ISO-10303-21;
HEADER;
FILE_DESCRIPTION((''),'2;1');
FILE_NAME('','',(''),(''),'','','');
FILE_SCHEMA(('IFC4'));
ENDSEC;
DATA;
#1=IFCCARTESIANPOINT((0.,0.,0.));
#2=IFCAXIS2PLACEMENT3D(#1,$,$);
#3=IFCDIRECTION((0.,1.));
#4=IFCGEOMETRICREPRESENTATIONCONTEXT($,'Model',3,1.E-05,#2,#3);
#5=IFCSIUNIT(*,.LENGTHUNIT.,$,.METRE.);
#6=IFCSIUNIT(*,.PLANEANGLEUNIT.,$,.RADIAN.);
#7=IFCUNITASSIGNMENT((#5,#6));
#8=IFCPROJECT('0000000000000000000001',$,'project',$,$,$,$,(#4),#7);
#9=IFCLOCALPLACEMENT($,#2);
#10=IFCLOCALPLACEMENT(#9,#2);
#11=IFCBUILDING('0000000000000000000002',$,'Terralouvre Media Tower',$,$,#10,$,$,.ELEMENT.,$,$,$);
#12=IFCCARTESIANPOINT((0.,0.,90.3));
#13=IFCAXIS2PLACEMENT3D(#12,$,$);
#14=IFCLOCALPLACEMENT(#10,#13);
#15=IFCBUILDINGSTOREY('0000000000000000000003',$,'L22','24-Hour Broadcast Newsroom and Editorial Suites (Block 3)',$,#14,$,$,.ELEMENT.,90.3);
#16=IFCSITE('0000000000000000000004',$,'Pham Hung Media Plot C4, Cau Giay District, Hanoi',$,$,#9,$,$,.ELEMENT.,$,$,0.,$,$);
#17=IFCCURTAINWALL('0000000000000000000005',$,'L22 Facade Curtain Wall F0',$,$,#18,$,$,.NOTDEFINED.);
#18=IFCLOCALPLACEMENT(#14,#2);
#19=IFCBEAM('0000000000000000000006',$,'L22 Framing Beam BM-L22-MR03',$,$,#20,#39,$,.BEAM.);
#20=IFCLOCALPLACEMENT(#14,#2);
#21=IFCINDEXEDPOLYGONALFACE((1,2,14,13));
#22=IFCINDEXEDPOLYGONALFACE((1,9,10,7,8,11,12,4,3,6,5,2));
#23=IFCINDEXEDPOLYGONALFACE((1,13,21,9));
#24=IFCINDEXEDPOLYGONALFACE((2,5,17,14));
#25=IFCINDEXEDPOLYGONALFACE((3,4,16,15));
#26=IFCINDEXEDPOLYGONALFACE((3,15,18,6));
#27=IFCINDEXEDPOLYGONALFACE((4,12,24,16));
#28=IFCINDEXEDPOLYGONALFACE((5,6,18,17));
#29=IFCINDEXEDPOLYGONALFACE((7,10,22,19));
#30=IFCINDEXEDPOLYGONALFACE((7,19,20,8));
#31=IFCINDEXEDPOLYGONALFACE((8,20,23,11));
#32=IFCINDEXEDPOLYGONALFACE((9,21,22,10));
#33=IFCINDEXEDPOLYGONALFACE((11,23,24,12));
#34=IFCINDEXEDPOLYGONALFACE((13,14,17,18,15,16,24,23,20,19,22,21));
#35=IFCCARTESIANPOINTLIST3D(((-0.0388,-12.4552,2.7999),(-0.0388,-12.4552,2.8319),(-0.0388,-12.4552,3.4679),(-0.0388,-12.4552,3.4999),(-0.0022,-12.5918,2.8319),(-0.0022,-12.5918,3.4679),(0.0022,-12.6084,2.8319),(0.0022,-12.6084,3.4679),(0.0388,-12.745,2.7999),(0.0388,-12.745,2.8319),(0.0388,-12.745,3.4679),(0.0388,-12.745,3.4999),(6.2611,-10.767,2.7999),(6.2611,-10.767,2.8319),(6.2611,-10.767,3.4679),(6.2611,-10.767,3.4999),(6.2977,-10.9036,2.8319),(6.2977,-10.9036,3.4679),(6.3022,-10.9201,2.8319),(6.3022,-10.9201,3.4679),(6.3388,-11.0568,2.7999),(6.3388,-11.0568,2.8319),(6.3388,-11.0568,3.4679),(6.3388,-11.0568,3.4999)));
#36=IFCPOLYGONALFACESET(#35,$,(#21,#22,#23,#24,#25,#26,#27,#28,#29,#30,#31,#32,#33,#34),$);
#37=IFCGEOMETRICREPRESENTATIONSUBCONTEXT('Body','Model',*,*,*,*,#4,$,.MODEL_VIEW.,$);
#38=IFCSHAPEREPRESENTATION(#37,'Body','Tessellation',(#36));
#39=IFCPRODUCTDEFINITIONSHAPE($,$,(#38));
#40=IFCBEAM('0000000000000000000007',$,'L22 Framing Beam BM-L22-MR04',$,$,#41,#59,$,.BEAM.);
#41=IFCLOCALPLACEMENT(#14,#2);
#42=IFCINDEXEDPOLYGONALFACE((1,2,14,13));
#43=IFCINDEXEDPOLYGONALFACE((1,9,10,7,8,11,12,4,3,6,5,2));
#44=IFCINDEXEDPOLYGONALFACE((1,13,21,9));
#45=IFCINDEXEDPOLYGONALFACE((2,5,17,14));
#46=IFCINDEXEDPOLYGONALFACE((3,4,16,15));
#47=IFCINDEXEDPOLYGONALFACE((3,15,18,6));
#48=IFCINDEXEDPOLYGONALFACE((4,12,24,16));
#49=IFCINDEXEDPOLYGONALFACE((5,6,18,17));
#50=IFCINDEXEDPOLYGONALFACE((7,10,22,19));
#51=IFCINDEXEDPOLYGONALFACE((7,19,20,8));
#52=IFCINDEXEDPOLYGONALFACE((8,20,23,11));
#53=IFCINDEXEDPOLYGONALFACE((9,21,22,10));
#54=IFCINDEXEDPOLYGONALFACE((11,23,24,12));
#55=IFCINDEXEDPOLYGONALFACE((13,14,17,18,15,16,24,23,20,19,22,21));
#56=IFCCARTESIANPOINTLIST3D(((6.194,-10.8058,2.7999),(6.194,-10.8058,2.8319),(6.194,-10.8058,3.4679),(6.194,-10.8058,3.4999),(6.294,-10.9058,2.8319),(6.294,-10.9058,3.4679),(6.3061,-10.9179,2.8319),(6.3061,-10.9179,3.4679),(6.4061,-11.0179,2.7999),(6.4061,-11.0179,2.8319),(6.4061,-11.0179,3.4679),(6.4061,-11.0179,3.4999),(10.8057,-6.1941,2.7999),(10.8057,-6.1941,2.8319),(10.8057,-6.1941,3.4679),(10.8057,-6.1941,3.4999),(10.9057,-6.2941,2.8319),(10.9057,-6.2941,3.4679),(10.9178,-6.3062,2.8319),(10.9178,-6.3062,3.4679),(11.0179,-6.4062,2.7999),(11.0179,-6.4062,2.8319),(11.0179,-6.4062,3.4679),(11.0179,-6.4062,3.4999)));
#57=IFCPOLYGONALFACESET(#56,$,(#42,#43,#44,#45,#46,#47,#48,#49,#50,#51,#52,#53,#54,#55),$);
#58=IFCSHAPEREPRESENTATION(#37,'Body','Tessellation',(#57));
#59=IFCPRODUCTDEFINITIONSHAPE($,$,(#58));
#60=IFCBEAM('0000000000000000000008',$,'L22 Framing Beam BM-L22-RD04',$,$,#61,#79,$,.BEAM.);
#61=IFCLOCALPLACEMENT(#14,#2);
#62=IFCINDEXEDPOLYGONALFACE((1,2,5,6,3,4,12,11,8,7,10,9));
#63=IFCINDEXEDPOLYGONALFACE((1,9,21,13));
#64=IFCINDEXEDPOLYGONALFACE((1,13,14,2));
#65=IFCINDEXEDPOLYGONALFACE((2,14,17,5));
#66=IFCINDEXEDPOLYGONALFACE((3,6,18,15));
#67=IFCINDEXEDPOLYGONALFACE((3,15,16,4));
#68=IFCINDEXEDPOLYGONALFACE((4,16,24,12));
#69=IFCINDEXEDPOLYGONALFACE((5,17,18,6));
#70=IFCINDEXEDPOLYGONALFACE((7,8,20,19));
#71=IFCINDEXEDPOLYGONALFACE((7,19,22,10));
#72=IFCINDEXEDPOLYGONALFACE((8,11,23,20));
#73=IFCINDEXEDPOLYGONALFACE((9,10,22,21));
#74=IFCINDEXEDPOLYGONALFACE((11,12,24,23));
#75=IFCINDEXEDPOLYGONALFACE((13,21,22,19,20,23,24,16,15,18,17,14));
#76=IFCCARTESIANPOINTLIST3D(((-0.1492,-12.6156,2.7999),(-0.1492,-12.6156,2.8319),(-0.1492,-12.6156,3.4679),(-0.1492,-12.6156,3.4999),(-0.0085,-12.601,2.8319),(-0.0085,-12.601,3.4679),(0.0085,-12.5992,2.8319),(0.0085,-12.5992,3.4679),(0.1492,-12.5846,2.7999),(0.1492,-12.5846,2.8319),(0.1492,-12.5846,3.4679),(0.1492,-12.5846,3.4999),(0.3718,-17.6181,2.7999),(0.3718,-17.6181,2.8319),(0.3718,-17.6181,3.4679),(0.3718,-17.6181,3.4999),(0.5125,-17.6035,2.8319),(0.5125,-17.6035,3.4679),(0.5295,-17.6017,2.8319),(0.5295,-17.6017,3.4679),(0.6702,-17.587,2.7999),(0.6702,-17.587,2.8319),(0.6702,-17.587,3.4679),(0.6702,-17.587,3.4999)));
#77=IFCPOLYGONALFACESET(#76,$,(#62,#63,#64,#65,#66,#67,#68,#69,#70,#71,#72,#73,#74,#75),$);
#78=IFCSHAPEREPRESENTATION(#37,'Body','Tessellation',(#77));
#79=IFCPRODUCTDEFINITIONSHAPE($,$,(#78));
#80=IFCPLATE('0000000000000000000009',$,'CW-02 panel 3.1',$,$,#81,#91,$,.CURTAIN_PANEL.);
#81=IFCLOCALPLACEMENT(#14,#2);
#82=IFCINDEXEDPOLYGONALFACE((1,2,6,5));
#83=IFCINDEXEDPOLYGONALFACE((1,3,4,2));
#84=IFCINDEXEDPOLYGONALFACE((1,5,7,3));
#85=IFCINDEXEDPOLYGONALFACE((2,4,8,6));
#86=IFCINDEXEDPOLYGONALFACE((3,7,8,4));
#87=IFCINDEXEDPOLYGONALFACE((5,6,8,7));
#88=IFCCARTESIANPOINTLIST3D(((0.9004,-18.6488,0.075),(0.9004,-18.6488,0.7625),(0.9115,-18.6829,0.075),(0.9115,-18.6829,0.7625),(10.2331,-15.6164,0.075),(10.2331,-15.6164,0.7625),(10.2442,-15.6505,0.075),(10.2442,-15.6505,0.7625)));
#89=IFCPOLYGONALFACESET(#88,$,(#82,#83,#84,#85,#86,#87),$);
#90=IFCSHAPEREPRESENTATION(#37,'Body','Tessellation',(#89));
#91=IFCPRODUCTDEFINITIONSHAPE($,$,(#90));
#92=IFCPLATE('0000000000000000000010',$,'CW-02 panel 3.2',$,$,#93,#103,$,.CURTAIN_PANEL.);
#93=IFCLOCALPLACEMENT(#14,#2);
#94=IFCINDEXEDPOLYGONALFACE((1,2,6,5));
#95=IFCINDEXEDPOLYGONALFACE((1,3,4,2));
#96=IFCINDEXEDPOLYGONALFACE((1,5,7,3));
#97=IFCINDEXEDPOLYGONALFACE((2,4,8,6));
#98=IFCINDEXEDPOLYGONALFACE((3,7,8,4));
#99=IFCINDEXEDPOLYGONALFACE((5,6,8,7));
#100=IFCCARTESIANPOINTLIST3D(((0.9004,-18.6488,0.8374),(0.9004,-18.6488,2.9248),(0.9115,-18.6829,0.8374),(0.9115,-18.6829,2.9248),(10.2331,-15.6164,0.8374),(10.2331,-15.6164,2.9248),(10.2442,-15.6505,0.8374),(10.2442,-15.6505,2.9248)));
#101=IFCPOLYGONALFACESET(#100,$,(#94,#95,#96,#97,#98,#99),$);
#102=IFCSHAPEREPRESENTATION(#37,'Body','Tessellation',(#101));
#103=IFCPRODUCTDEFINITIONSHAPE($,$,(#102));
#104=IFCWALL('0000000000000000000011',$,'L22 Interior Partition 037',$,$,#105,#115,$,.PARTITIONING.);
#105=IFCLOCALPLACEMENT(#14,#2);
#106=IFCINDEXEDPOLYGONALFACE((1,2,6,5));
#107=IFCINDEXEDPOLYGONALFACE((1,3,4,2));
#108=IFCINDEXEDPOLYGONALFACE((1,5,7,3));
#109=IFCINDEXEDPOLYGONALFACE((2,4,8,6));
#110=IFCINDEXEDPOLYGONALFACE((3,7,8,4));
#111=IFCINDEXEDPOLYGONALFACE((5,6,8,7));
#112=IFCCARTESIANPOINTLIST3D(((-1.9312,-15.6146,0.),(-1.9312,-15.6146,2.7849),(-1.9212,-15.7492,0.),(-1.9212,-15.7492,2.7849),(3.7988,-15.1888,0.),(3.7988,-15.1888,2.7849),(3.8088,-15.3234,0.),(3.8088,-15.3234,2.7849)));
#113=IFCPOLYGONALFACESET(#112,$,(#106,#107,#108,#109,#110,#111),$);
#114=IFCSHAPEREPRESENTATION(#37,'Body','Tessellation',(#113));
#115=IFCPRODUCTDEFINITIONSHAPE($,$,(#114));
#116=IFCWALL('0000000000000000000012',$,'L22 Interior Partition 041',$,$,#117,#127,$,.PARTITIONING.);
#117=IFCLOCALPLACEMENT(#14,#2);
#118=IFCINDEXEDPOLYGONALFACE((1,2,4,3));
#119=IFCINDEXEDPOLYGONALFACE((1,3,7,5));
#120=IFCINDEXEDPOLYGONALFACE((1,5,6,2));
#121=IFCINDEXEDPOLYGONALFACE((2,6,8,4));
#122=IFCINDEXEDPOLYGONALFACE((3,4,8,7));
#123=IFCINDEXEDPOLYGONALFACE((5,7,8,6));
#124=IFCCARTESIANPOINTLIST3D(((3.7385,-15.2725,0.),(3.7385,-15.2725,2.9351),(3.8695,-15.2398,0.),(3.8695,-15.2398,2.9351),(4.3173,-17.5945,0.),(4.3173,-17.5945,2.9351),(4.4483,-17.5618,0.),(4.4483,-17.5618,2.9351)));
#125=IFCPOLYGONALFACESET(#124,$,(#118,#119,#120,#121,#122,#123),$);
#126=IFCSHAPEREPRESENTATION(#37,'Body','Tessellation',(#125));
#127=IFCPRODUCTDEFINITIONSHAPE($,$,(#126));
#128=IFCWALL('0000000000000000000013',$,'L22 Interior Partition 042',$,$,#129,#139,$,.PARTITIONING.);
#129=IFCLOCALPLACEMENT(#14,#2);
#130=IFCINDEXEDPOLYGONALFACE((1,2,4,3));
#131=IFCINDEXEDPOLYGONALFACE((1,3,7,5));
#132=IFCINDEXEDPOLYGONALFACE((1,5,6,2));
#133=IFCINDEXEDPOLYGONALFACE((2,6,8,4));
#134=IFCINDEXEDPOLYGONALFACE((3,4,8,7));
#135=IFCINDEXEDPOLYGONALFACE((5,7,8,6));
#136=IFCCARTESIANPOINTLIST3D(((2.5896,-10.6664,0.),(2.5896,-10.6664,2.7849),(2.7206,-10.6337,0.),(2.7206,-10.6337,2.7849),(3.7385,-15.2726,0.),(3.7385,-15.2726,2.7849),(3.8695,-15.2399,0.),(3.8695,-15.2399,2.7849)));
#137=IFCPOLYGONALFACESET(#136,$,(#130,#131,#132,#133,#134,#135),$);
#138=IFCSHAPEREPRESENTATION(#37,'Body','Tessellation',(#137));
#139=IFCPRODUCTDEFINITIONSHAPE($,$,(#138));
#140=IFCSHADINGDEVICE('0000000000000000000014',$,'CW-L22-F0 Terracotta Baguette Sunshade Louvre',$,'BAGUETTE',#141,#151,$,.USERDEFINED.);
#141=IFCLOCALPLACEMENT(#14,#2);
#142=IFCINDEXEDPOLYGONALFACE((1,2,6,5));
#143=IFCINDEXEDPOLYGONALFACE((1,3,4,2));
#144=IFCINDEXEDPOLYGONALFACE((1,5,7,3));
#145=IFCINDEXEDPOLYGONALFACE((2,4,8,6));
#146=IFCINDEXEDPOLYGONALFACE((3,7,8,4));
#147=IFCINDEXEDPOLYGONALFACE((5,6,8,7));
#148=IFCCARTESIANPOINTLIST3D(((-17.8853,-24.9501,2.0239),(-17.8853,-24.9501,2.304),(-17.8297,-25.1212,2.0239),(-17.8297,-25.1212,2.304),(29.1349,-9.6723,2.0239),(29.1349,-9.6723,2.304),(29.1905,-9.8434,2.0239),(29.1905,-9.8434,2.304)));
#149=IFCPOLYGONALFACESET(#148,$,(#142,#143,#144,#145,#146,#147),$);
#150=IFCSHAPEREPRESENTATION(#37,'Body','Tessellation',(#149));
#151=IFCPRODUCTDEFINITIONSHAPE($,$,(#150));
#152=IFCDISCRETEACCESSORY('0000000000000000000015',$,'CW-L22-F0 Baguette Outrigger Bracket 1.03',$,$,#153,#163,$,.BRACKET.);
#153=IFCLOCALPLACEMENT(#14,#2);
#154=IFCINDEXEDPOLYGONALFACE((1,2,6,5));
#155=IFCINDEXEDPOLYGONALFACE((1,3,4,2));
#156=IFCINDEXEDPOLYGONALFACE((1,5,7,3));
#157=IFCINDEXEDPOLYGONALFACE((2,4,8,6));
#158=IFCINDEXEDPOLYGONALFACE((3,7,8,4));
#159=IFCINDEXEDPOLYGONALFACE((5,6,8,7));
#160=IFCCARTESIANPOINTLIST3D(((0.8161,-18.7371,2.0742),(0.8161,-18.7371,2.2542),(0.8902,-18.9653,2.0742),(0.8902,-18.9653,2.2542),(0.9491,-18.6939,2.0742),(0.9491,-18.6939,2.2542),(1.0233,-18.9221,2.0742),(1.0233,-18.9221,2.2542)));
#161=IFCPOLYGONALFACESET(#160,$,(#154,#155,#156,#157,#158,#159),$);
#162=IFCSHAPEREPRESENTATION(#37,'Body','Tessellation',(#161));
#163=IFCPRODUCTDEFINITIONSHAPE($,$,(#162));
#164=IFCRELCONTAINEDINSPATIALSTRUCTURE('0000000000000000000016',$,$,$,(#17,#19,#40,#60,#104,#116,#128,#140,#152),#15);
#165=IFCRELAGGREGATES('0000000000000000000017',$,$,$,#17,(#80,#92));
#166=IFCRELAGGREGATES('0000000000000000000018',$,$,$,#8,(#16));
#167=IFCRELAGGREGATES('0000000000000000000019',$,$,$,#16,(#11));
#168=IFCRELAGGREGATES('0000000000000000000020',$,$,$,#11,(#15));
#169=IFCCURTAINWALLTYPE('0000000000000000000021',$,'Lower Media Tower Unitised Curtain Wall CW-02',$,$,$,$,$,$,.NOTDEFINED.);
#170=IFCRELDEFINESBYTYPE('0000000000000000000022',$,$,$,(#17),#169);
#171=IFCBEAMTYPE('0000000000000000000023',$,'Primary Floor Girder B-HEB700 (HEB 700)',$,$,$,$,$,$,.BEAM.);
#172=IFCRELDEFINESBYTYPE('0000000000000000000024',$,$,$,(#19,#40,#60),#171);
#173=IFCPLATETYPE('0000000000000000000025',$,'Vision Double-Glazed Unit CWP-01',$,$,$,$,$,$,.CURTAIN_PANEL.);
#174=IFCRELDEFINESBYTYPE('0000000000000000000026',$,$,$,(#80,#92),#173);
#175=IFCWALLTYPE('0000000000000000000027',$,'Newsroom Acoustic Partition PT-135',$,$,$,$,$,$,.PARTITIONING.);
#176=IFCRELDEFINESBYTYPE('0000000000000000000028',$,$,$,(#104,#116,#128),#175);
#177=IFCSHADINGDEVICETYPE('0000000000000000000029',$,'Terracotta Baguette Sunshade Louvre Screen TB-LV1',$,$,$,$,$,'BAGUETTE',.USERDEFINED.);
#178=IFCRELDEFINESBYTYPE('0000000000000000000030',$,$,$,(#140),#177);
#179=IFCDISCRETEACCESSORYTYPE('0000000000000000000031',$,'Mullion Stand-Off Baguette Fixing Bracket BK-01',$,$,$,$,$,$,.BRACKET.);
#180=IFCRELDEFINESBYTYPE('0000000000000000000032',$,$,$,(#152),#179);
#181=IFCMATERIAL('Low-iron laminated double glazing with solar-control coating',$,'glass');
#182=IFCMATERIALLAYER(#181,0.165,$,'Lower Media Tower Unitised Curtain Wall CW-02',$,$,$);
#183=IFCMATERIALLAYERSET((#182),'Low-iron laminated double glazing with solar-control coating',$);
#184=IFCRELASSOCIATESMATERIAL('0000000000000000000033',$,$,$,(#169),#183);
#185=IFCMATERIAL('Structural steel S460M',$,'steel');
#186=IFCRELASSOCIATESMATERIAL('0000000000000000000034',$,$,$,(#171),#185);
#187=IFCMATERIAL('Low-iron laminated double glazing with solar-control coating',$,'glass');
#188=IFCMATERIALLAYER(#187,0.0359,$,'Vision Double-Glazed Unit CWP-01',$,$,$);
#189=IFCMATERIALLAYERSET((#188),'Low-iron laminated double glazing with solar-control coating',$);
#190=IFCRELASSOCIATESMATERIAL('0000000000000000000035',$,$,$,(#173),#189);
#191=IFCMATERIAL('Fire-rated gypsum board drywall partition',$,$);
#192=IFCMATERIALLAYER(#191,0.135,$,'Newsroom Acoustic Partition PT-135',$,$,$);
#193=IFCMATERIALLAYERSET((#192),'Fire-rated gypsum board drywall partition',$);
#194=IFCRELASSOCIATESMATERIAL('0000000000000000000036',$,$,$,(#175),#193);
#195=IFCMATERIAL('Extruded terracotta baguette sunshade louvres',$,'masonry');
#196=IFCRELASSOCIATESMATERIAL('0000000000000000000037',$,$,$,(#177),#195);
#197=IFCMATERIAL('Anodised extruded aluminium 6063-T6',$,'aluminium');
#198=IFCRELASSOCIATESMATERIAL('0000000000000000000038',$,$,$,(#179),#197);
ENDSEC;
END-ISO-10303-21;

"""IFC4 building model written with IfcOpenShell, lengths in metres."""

from ifc_helpers import new_model, si_unit, direction, frame, frame_2d, origin, origin_2d, place, context, subcontext, project, spatial, rectangle, i_section, extrude, material, layer, layer_set, material_profile, profile_set, type_object, element, aggregate, save


model = new_model("IFC4")

# Units and contexts
model_context = context("Model", 3, precision=1e-05, world=origin(), true_north=direction((0.0, 1.0)))
body_context = subcontext(model_context, "Body", "Model", "MODEL_VIEW")
ifc_project = project(units=[si_unit("LENGTHUNIT", "METRE"), si_unit("PLANEANGLEUNIT", "RADIAN")], contexts=[model_context])

# Site, building, storey
site_placement = place(None, origin())
site = spatial("IfcSite", under=ifc_project, at=site_placement, Name="Pham Hung Media Plot C4, Cau Giay District, Hanoi", CompositionType="ELEMENT", RefElevation=0.0)
building_placement = place(site_placement, origin())
building = spatial("IfcBuilding", under=site, at=building_placement, Name="Terralouvre Media Tower", CompositionType="ELEMENT")
storey_placement = place(building_placement, frame((0.0, 0.0, 90.3)))
storey = spatial("IfcBuildingStorey", under=building, at=storey_placement, Name="L22", Description="24-Hour Broadcast Newsroom and Editorial Suites (Block 3)", CompositionType="ELEMENT", Elevation=90.3)

# Curtain wall
ifc_material_1 = material(Name="Low-iron laminated double glazing with solar-control coating", Category="glass")
ifc_layer_1 = layer(ifc_material_1, 0.165, Name="Lower Media Tower Unitised Curtain Wall CW-02")
ifc_layer_set_1 = layer_set([ifc_layer_1], Name="Low-iron laminated double glazing with solar-control coating")
curtain_wall_type = type_object("IfcCurtainWallType", Name="Lower Media Tower Unitised Curtain Wall CW-02", PredefinedType="NOTDEFINED", material=ifc_layer_set_1)
curtain_wall_placement = place(storey_placement, origin())
curtain_wall = element("IfcCurtainWall", 1, at=curtain_wall_placement, inside=storey, type_object=curtain_wall_type, Name="L22 Facade Curtain Wall F0", PredefinedType="NOTDEFINED")

# Beams
ifc_material_2 = material(Name="Structural steel S460M", Category="steel")
ifc_material_profile_1 = material_profile(ifc_material_2, i_section(OverallWidth=0.3, OverallDepth=0.7, WebThickness=0.0171, FlangeThickness=0.032, at=origin_2d()), Name="HEB 700")
ifc_profile_set_1 = profile_set([ifc_material_profile_1], Name="Structural steel S460M")
beam_type_1 = type_object("IfcBeamType", Name="Primary Floor Girder B-HEB700 (HEB 700)", PredefinedType="BEAM", material=ifc_profile_set_1)
beam_1_placement = place(storey_placement, frame((0.0, -12.6001, 3.1499), z_axis=(0.96592, 0.258839, 0.0), x_axis=(-0.258839, 0.96592, 0.0)))
element("IfcBeam", 2, at=beam_1_placement, inside=storey, type_object=beam_type_1, Name="L22 Framing Beam BM-L22-MR03", PredefinedType="BEAM", context=body_context, shape_type="SweptSolid", body=[
    extrude(i_section(OverallWidth=0.3, OverallDepth=0.7, WebThickness=0.0171, FlangeThickness=0.032, at=origin_2d()), origin(), (0.0, 0.0, 1.0), 6.5222),
])
beam_2_placement = place(storey_placement, frame((6.3, -10.9119, 3.1499), z_axis=(0.707107, 0.707107, 0.0), x_axis=(-0.707107, 0.707107, 0.0)))
element("IfcBeam", 3, at=beam_2_placement, inside=storey, type_object=beam_type_1, Name="L22 Framing Beam BM-L22-MR04", PredefinedType="BEAM", context=body_context, shape_type="SweptSolid", body=[
    extrude(i_section(OverallWidth=0.3, OverallDepth=0.7, WebThickness=0.0171, FlangeThickness=0.032, at=origin_2d()), origin(), (0.0, 0.0, 1.0), 6.522),
])
beam_3_placement = place(storey_placement, frame((0.0, -12.6001, 3.1499), z_axis=(0.103588, -0.99462, 0.0), x_axis=(0.99462, 0.103588, 0.0)))
element("IfcBeam", 4, at=beam_3_placement, inside=storey, type_object=beam_type_1, Name="L22 Framing Beam BM-L22-RD04", PredefinedType="BEAM", context=body_context, shape_type="SweptSolid", body=[
    extrude(i_section(OverallWidth=0.3, OverallDepth=0.7, WebThickness=0.0171, FlangeThickness=0.032, at=origin_2d()), origin(), (0.0, 0.0, 1.0), 5.0295),
])

# Plates
ifc_material_3 = material(Name="Low-iron laminated double glazing with solar-control coating", Category="glass")
ifc_layer_2 = layer(ifc_material_3, 0.0359, Name="Vision Double-Glazed Unit CWP-01")
ifc_layer_set_2 = layer_set([ifc_layer_2], Name="Low-iron laminated double glazing with solar-control coating")
plate_type = type_object("IfcPlateType", Name="Vision Double-Glazed Unit CWP-01", PredefinedType="CURTAIN_PANEL", material=ifc_layer_set_2)
plate_1_placement = place(storey_placement, frame((5.5723, -17.1497, 0.075), z_axis=(0.0, 0.0, 1.0), x_axis=(0.951057, 0.309017, 0.0)))
plate_1 = element("IfcPlate", 5, at=plate_1_placement, type_object=plate_type, Name="CW-02 panel 3.1", PredefinedType="CURTAIN_PANEL", context=body_context, shape_type="SweptSolid", body=[
    extrude(rectangle(XDim=9.813, YDim=0.0359, at=origin_2d()), origin(), (0.0, 0.0, 1.0), 0.6875),
])
plate_2_placement = place(storey_placement, frame((5.5723, -17.1497, 0.8374), z_axis=(0.0, 0.0, 1.0), x_axis=(0.951057, 0.309017, 0.0)))
plate_2 = element("IfcPlate", 6, at=plate_2_placement, type_object=plate_type, Name="CW-02 panel 3.2", PredefinedType="CURTAIN_PANEL", context=body_context, shape_type="SweptSolid", body=[
    extrude(rectangle(XDim=9.813, YDim=0.0359, at=origin_2d()), origin(), (0.0, 0.0, 1.0), 2.0874),
])
aggregate(curtain_wall, [plate_1, plate_2])

# Walls
ifc_material_4 = material(Name="Fire-rated gypsum board drywall partition")
ifc_layer_3 = layer(ifc_material_4, 0.135, Name="Newsroom Acoustic Partition PT-135")
ifc_layer_set_3 = layer_set([ifc_layer_3], Name="Fire-rated gypsum board drywall partition")
wall_type = type_object("IfcWallType", Name="Newsroom Acoustic Partition PT-135", PredefinedType="PARTITIONING", material=ifc_layer_set_3)
wall_1_placement = place(storey_placement, frame((3.804, -15.2561, 0.0), z_axis=(0.0, 0.0, 1.0), x_axis=(-0.997251, -0.074103, 0.0)))
element("IfcWall", 7, at=wall_1_placement, inside=storey, type_object=wall_type, Name="L22 Interior Partition 037", PredefinedType="PARTITIONING", context=body_context, shape_type="SweptSolid", body=[
    extrude(rectangle(XDim=5.7458, YDim=0.135, at=frame_2d((2.873, 0.0))), origin(), (0.0, 0.0, 1.0), 2.7849),
])
wall_2_placement = place(storey_placement, frame((4.3828, -17.5781, 0.0), z_axis=(0.0, 0.0, 1.0), x_axis=(-0.241887, 0.970304, 0.0)))
element("IfcWall", 8, at=wall_2_placement, inside=storey, type_object=wall_type, Name="L22 Interior Partition 041", PredefinedType="PARTITIONING", context=body_context, shape_type="SweptSolid", body=[
    extrude(rectangle(XDim=2.3931, YDim=0.135, at=frame_2d((1.1965, 0.0))), origin(), (0.0, 0.0, 1.0), 2.9351),
])
wall_3_placement = place(storey_placement, frame((3.804, -15.2561, 0.0), z_axis=(0.0, 0.0, 1.0), x_axis=(-0.242015, 0.970272, 0.0)))
element("IfcWall", 9, at=wall_3_placement, inside=storey, type_object=wall_type, Name="L22 Interior Partition 042", PredefinedType="PARTITIONING", context=body_context, shape_type="SweptSolid", body=[
    extrude(rectangle(XDim=4.7473, YDim=0.135, at=frame_2d((2.3735, 0.0))), origin(), (0.0, 0.0, 1.0), 2.7849),
])

# Shading device
ifc_material_5 = material(Name="Extruded terracotta baguette sunshade louvres", Category="masonry")
shading_device_type = type_object("IfcShadingDeviceType", Name="Terracotta Baguette Sunshade Louvre Screen TB-LV1", ElementType="BAGUETTE", PredefinedType="USERDEFINED", material=ifc_material_5)
shading_device_placement = place(storey_placement, frame((5.6526, -17.3967, 2.0239), z_axis=(0.0, 0.0, 1.0), x_axis=(0.951057, 0.309017, 0.0)))
element("IfcShadingDevice", 10, at=shading_device_placement, inside=storey, type_object=shading_device_type, Name="CW-L22-F0 Terracotta Baguette Sunshade Louvre", ObjectType="BAGUETTE", PredefinedType="USERDEFINED", context=body_context, shape_type="SweptSolid", body=[
    extrude(rectangle(XDim=49.4399, YDim=0.1799, at=origin_2d()), origin(), (0.0, 0.0, 1.0), 0.28),
])

# Discrete accessory
ifc_material_6 = material(Name="Anodised extruded aluminium 6063-T6", Category="aluminium")
discrete_accessory_type = type_object("IfcDiscreteAccessoryType", Name="Mullion Stand-Off Baguette Fixing Bracket BK-01", PredefinedType="BRACKET", material=ifc_material_6)
discrete_accessory_placement = place(storey_placement, frame((0.9197, -18.8296, 2.0742), z_axis=(0.0, 0.0, 1.0), x_axis=(0.951057, 0.309017, 0.0)))
element("IfcDiscreteAccessory", 11, at=discrete_accessory_placement, inside=storey, type_object=discrete_accessory_type, Name="CW-L22-F0 Baguette Outrigger Bracket 1.03", PredefinedType="BRACKET", context=body_context, shape_type="SweptSolid", body=[
    extrude(rectangle(XDim=0.1399, YDim=0.24, at=origin_2d()), origin(), (0.0, 0.0, 1.0), 0.1799),
])

save(model, "model.ifc")
